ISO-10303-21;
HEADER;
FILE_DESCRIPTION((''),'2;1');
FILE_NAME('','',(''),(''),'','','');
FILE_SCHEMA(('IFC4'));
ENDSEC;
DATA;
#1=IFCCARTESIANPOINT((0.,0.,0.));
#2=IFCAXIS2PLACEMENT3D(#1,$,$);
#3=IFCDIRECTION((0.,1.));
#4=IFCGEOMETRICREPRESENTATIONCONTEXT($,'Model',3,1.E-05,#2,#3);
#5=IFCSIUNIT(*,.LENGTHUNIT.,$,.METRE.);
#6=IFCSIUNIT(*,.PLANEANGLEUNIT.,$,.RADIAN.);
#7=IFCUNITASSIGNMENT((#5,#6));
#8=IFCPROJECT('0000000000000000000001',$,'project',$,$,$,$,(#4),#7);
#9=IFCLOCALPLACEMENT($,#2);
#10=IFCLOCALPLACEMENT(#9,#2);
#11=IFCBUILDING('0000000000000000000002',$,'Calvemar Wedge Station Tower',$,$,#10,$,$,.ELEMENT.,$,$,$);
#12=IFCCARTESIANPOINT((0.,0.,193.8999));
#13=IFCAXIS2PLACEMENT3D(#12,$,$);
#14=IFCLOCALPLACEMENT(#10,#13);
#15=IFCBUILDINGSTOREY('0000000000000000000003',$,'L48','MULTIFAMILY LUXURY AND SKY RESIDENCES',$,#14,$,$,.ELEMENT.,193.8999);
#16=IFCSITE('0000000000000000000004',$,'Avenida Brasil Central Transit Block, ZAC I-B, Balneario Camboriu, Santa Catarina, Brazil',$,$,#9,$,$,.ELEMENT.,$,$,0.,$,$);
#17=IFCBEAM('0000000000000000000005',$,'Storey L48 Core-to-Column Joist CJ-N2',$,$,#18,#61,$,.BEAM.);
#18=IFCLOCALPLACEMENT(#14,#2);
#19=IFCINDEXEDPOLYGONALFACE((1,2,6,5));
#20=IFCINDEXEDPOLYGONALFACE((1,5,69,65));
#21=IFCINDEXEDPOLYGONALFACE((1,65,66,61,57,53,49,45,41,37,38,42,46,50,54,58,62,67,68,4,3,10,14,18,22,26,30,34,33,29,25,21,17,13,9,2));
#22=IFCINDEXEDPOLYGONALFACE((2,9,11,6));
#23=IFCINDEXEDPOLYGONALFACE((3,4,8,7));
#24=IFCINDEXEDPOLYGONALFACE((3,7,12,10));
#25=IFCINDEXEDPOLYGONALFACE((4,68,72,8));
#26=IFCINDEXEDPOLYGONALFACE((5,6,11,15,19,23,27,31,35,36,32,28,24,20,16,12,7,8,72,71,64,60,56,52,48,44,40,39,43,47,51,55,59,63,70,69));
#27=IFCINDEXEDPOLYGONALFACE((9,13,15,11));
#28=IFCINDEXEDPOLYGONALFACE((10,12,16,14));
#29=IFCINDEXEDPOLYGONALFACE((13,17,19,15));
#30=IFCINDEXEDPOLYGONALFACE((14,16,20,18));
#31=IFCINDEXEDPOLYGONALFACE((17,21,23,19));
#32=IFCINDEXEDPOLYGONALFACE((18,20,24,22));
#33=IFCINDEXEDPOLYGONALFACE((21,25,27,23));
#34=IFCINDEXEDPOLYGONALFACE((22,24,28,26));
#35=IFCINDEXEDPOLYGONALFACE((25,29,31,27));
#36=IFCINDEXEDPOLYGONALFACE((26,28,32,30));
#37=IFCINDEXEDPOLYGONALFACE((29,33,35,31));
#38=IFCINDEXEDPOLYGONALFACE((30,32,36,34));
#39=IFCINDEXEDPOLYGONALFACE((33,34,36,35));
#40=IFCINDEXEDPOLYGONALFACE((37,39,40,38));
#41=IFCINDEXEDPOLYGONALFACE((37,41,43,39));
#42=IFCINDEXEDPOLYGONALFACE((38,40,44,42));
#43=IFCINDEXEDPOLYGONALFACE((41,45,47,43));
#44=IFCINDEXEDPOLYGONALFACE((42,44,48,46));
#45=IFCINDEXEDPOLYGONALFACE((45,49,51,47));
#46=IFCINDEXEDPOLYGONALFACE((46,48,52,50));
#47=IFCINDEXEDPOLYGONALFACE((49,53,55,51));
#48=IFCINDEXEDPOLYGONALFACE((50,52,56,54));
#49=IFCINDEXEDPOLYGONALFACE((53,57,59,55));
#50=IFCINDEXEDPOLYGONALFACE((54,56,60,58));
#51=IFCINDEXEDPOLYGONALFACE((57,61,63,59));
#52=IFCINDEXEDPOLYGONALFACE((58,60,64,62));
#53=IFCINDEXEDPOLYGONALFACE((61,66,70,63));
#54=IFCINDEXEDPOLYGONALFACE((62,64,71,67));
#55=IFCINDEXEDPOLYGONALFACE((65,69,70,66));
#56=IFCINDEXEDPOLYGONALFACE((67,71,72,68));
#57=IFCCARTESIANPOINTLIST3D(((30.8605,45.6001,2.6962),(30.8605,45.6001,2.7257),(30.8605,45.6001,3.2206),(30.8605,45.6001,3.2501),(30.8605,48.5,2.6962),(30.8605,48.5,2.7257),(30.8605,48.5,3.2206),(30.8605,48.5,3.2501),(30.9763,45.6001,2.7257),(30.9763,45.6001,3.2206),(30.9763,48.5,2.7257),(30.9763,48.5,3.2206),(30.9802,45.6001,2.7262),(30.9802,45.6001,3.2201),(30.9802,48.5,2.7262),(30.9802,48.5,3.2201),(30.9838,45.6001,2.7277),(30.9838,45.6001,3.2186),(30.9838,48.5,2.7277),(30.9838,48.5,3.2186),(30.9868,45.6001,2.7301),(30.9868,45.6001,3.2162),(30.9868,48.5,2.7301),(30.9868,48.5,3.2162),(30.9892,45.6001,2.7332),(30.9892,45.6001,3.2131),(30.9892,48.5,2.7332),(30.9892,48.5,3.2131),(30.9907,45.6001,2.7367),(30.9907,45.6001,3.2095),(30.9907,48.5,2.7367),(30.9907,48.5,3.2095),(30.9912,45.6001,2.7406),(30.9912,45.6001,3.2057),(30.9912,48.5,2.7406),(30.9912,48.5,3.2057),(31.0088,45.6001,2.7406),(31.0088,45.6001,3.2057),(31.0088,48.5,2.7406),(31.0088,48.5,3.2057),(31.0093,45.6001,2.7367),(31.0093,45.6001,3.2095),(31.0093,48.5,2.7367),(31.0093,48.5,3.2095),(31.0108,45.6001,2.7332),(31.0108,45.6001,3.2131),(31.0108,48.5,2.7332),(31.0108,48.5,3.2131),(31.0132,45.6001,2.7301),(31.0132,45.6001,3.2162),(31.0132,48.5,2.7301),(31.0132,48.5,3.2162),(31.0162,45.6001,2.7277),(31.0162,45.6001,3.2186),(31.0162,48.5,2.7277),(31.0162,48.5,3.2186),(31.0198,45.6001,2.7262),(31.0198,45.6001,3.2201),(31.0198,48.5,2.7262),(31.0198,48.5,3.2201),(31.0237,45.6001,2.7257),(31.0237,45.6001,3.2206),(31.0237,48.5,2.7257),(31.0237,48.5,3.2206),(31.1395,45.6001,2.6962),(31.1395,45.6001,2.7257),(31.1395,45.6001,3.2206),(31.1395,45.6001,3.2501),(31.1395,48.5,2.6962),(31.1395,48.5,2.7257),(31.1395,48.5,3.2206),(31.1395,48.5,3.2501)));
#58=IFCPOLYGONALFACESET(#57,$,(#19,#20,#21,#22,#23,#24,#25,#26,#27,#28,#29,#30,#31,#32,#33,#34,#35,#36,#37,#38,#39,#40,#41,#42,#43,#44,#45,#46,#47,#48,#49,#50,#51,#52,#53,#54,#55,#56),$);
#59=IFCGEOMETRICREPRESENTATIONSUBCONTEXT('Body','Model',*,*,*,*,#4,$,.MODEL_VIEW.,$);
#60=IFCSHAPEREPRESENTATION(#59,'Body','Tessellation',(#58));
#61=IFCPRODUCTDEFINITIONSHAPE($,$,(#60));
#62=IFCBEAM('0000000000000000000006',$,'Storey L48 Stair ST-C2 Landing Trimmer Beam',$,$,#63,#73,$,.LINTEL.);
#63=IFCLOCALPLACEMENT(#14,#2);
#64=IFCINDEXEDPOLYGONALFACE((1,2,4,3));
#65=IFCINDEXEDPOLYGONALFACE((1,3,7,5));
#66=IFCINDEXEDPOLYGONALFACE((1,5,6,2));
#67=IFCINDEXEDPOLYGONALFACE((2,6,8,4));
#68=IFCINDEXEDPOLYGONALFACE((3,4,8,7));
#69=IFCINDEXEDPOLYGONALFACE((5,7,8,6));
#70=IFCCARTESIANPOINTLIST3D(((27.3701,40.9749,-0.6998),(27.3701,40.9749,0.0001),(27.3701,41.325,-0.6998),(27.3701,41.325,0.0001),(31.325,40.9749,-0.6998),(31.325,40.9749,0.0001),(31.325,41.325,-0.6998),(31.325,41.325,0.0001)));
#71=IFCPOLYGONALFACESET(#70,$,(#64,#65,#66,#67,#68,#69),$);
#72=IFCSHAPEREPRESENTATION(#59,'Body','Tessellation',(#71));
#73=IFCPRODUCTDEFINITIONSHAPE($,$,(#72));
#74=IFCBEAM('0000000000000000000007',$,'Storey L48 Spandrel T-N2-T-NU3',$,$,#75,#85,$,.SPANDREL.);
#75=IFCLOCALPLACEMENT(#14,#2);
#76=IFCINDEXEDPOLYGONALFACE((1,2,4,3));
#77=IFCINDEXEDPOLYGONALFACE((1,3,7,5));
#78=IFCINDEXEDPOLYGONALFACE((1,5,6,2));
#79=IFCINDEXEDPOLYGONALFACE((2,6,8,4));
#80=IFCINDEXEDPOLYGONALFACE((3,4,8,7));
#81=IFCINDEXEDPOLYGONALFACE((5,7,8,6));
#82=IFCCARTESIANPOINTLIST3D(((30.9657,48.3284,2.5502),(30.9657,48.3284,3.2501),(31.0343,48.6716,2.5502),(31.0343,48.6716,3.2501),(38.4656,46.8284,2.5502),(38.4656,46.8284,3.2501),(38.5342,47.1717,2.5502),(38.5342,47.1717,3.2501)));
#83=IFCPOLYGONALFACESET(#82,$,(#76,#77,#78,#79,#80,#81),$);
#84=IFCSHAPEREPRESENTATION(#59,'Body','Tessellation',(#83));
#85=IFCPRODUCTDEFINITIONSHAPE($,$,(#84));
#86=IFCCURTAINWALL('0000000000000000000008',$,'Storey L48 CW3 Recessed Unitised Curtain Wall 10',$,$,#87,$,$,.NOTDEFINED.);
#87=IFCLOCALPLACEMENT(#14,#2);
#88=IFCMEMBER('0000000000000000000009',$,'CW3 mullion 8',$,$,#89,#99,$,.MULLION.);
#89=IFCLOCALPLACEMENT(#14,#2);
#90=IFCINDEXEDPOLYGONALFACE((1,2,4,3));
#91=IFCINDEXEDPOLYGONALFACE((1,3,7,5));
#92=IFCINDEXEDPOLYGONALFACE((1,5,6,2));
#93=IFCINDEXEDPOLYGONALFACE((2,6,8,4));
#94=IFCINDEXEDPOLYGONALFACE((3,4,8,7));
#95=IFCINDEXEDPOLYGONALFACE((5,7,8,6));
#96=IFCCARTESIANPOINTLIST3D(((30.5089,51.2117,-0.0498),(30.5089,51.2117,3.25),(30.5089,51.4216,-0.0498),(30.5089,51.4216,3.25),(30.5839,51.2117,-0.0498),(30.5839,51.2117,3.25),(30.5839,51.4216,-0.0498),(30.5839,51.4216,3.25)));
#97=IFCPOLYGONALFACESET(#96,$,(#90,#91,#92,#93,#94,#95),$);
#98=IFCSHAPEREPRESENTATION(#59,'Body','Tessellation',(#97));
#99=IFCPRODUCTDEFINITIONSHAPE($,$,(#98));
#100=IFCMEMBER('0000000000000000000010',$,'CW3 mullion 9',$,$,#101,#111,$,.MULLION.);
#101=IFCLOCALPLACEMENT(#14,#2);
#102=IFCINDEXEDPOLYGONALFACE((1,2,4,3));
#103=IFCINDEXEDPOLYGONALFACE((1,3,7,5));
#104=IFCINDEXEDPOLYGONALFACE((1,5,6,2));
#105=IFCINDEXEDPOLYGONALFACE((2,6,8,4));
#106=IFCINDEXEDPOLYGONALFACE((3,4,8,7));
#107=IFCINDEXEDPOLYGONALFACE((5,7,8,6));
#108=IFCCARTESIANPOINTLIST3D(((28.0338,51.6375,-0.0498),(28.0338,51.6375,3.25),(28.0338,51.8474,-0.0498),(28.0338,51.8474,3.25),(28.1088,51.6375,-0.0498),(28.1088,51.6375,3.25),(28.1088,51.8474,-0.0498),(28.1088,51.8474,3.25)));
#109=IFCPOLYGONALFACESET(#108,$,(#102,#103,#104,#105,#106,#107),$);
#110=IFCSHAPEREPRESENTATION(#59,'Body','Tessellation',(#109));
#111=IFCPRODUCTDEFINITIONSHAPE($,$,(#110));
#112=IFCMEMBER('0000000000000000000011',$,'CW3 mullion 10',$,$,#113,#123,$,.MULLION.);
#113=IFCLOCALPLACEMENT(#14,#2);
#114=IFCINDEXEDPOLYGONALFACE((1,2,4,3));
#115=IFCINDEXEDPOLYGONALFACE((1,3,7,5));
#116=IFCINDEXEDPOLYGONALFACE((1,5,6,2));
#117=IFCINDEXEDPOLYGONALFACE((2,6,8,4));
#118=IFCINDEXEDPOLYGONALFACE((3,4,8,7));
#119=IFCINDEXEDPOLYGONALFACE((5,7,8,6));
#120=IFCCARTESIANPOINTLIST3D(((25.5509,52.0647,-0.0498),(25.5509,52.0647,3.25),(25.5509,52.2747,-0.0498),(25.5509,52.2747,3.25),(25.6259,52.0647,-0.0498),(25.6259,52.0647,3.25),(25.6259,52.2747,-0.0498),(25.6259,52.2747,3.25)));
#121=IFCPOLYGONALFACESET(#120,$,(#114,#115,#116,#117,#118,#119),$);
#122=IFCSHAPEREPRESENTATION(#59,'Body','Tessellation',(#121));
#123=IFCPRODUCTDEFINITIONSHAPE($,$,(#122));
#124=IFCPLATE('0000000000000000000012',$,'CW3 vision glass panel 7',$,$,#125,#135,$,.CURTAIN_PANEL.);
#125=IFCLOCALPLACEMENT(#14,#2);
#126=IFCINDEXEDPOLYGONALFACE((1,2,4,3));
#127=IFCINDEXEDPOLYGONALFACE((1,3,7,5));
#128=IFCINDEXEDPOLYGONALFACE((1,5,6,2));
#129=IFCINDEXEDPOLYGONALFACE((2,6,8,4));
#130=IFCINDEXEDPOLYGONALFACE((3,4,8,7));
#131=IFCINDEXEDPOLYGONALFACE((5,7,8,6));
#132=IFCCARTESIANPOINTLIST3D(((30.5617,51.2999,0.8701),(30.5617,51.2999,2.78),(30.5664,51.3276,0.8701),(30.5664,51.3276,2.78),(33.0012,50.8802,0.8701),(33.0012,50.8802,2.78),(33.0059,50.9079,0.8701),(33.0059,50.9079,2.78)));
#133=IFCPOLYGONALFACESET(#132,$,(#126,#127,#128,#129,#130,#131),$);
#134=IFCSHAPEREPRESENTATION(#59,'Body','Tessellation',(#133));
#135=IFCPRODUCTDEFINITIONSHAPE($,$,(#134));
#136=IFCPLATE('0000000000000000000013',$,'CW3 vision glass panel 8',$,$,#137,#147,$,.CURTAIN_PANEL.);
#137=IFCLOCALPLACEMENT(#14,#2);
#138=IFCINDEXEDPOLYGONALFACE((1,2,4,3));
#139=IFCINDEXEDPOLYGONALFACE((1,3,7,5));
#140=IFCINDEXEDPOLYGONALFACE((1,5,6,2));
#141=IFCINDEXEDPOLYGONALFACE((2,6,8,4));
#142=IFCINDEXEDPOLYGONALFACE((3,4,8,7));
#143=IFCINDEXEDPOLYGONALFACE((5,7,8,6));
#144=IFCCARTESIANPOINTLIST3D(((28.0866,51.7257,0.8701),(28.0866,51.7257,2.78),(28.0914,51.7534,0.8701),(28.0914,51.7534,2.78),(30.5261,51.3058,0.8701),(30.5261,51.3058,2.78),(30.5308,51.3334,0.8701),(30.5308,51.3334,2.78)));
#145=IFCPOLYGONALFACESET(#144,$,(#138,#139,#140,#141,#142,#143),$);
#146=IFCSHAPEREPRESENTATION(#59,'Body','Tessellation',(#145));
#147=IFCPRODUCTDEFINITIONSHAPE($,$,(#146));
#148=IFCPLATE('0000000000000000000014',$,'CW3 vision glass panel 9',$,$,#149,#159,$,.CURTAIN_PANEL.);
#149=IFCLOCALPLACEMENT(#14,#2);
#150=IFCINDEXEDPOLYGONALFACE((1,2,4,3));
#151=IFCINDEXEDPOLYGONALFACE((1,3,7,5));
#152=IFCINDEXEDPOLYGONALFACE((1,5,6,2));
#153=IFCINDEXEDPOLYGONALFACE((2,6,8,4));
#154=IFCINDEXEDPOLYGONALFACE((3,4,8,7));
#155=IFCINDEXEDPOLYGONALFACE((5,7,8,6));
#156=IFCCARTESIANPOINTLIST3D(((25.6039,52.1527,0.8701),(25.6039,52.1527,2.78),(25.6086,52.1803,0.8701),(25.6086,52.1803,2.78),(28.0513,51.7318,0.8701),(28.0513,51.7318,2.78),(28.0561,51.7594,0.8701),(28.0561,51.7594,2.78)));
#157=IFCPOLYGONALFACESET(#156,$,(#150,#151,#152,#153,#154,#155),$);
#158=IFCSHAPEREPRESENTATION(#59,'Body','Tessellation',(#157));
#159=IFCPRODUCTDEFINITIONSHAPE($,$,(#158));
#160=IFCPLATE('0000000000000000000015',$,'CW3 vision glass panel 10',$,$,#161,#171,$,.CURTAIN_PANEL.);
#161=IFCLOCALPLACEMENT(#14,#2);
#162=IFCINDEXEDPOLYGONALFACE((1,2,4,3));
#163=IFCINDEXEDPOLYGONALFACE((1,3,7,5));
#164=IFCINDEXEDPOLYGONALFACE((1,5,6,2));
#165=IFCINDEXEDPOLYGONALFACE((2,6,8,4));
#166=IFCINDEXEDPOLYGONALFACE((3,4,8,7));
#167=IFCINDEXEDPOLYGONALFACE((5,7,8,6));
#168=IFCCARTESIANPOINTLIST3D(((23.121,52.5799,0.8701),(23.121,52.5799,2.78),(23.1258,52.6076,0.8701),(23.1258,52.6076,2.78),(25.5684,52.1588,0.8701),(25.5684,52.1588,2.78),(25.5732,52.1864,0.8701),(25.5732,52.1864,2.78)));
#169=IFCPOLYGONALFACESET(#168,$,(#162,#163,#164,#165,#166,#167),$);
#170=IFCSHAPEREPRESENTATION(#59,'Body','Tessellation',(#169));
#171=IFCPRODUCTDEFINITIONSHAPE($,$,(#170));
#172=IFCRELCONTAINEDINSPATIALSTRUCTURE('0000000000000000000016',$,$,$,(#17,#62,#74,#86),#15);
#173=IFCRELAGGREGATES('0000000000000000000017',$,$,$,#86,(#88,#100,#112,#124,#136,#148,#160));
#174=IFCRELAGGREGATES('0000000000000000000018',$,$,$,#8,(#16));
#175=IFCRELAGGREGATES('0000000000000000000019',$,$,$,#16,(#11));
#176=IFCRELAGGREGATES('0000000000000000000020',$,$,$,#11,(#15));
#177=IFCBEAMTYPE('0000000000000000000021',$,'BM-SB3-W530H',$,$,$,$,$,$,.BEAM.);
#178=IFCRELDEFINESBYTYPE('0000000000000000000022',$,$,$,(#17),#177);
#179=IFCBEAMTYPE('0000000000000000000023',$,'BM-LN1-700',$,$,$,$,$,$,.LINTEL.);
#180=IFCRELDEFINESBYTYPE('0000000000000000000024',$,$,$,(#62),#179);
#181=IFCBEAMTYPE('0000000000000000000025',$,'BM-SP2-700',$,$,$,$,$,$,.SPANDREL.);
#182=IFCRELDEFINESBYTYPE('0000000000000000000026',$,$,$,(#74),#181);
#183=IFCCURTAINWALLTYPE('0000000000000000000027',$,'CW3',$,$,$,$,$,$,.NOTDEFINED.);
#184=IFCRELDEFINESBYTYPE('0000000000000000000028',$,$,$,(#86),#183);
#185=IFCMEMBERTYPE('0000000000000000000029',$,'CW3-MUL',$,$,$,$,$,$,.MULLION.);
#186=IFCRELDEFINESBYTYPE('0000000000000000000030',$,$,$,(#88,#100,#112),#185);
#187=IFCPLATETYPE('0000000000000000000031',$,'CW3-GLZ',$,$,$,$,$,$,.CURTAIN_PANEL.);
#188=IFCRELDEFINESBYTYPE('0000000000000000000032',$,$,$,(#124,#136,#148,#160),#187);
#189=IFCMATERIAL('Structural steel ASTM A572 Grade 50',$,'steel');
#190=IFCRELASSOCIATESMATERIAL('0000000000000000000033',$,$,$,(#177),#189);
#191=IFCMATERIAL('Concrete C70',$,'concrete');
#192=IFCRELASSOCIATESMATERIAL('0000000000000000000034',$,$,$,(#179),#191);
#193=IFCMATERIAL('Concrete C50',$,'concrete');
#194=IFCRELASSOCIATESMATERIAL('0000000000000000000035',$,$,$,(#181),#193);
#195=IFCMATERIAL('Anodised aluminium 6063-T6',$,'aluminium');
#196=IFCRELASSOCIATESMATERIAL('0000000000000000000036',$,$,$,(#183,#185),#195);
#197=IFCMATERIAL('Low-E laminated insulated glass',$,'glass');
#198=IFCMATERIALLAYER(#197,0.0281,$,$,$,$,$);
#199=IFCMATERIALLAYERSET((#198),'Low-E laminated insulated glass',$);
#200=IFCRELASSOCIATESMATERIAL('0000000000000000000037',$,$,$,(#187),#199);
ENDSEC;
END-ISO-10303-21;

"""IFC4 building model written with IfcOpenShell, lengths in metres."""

from ifc_helpers import new_model, si_unit, direction, frame, frame_2d, origin, origin_2d, place, context, subcontext, project, spatial, rectangle, i_section, extrude, source, transform, mapped, material, layer, layer_set, material_profile, profile_set, type_object, element, aggregate, save


model = new_model("IFC4")

# Units and contexts
model_context = context("Model", 3, precision=1e-05, world=origin(), true_north=direction((0.0, 1.0)))
body_context = subcontext(model_context, "Body", "Model", "MODEL_VIEW")
ifc_project = project(units=[si_unit("LENGTHUNIT", "METRE"), si_unit("PLANEANGLEUNIT", "RADIAN")], contexts=[model_context])

# Site, building, storey
site_placement = place(None, origin())
site = spatial("IfcSite", under=ifc_project, at=site_placement, Name="Avenida Brasil Central Transit Block, ZAC I-B, Balneario Camboriu, Santa Catarina, Brazil", CompositionType="ELEMENT", RefElevation=0.0)
building_placement = place(site_placement, origin())
building = spatial("IfcBuilding", under=site, at=building_placement, Name="Calvemar Wedge Station Tower", CompositionType="ELEMENT")
storey_placement = place(building_placement, frame((0.0, 0.0, 193.8999)))
storey = spatial("IfcBuildingStorey", under=building, at=storey_placement, Name="L48", Description="MULTIFAMILY LUXURY AND SKY RESIDENCES", CompositionType="ELEMENT", Elevation=193.8999)

# Shared definitions
ifc_material_1 = material(Name="Concrete C50", Category="concrete")

# Beams
ifc_material_2 = material(Name="Structural steel ASTM A572 Grade 50", Category="steel")
ifc_material_profile_1 = material_profile(ifc_material_2, i_section(OverallWidth=0.2791, OverallDepth=0.554, WebThickness=0.0176, FlangeThickness=0.0295, FilletRadius=0.0149, at=origin_2d()), Name="W530x196")
ifc_profile_set_1 = profile_set([ifc_material_profile_1], Name="Structural steel ASTM A572 Grade 50")
beam_type_1 = type_object("IfcBeamType", Name="BM-SB3-W530H", PredefinedType="BEAM", material=ifc_profile_set_1)
shared_shape_1 = source(origin(), body_context, "Body", "SweptSolid", [
    extrude(i_section(OverallWidth=0.2791, OverallDepth=0.554, WebThickness=0.0176, FlangeThickness=0.0295, FilletRadius=0.0149, at=origin_2d()), origin(), (0.0, 0.0, 1.0), 2.8999),
])
beam_1_placement = place(storey_placement, frame((31.0, 45.6001, 2.9731), z_axis=(0.0, 1.0, 0.0), x_axis=(-1.0, 0.0, 0.0)))
element("IfcBeam", 1, at=beam_1_placement, inside=storey, type_object=beam_type_1, Name="Storey L48 Core-to-Column Joist CJ-N2", PredefinedType="BEAM", context=body_context, shape_type="MappedRepresentation", body=[
    mapped(shared_shape_1, transform((0.0, 0.0, 0.0), scale=1.0)),
])
ifc_material_3 = material(Name="Concrete C70", Category="concrete")
ifc_material_profile_2 = material_profile(ifc_material_3, rectangle(XDim=0.3501, YDim=0.7, at=origin_2d()), Name="RC350x700")
ifc_profile_set_2 = profile_set([ifc_material_profile_2], Name="Concrete C70")
beam_type_2 = type_object("IfcBeamType", Name="BM-LN1-700", PredefinedType="LINTEL", material=ifc_profile_set_2)
shared_shape_2 = source(origin(), body_context, "Body", "SweptSolid", [
    extrude(rectangle(XDim=0.3501, YDim=0.7, at=origin_2d()), origin(), (0.0, 0.0, 1.0), 3.9548),
])
beam_2_placement = place(storey_placement, frame((27.3701, 41.1499, -0.3499), z_axis=(1.0, 0.0, 0.0), x_axis=(0.0, 1.0, 0.0)))
element("IfcBeam", 2, at=beam_2_placement, inside=storey, type_object=beam_type_2, Name="Storey L48 Stair ST-C2 Landing Trimmer Beam", PredefinedType="LINTEL", context=body_context, shape_type="MappedRepresentation", body=[
    mapped(shared_shape_2, transform((0.0, 0.0, 0.0), scale=1.0)),
])
ifc_material_profile_3 = material_profile(ifc_material_1, rectangle(XDim=0.3501, YDim=0.7, at=origin_2d()), Name="RC350x700")
ifc_profile_set_3 = profile_set([ifc_material_profile_3], Name="Concrete C50")
beam_type_3 = type_object("IfcBeamType", Name="BM-SP2-700", PredefinedType="SPANDREL", material=ifc_profile_set_3)
shared_shape_3 = source(origin(), body_context, "Body", "SweptSolid", [
    extrude(rectangle(XDim=0.3501, YDim=0.7, at=origin_2d()), origin(), (0.0, 0.0, 1.0), 7.6484),
])
beam_3_placement = place(storey_placement, frame((31.0, 48.5, 2.9001), z_axis=(0.980581, -0.196116, 0.0), x_axis=(0.196116, 0.980581, 0.0)))
element("IfcBeam", 3, at=beam_3_placement, inside=storey, type_object=beam_type_3, Name="Storey L48 Spandrel T-N2-T-NU3", PredefinedType="SPANDREL", context=body_context, shape_type="MappedRepresentation", body=[
    mapped(shared_shape_3, transform((0.0, 0.0, 0.0), scale=1.0)),
])

# Curtain wall, members, plates
ifc_material_4 = material(Name="Anodised aluminium 6063-T6", Category="aluminium")
curtain_wall_type = type_object("IfcCurtainWallType", Name="CW3", PredefinedType="NOTDEFINED", material=ifc_material_4)
curtain_wall_placement = place(storey_placement, origin())
curtain_wall = element("IfcCurtainWall", 4, at=curtain_wall_placement, inside=storey, type_object=curtain_wall_type, Name="Storey L48 CW3 Recessed Unitised Curtain Wall 10", PredefinedType="NOTDEFINED")
ifc_material_profile_4 = material_profile(ifc_material_4, rectangle(XDim=0.075, YDim=0.21, at=origin_2d()), Name="AL-MUL-75x210")
ifc_profile_set_4 = profile_set([ifc_material_profile_4], Name="Anodised aluminium 6063-T6")
member_type = type_object("IfcMemberType", Name="CW3-MUL", PredefinedType="MULLION", material=ifc_profile_set_4)
shared_shape_4 = source(origin(), body_context, "Body", "SweptSolid", [
    extrude(rectangle(XDim=0.075, YDim=0.21, at=origin_2d()), origin(), (0.0, 0.0, 1.0), 3.2998),
])
member_1_placement = place(storey_placement, frame((30.5464, 51.3167, -0.0498), z_axis=(0.0, 0.0, 1.0), x_axis=(1.0, 0.0, 0.0)))
member_1 = element("IfcMember", 5, at=member_1_placement, type_object=member_type, Name="CW3 mullion 8", PredefinedType="MULLION", context=body_context, shape_type="MappedRepresentation", body=[
    mapped(shared_shape_4, transform((0.0, 0.0, 0.0), scale=1.0)),
])
member_2_placement = place(storey_placement, frame((28.0713, 51.7424, -0.0498), z_axis=(0.0, 0.0, 1.0), x_axis=(1.0, 0.0, 0.0)))
member_2 = element("IfcMember", 6, at=member_2_placement, type_object=member_type, Name="CW3 mullion 9", PredefinedType="MULLION", context=body_context, shape_type="MappedRepresentation", body=[
    mapped(shared_shape_4, transform((0.0, 0.0, 0.0), scale=1.0)),
])
member_3_placement = place(storey_placement, frame((25.5884, 52.1697, -0.0498), z_axis=(0.0, 0.0, 1.0), x_axis=(1.0, 0.0, 0.0)))
member_3 = element("IfcMember", 7, at=member_3_placement, type_object=member_type, Name="CW3 mullion 10", PredefinedType="MULLION", context=body_context, shape_type="MappedRepresentation", body=[
    mapped(shared_shape_4, transform((0.0, 0.0, 0.0), scale=1.0)),
])
ifc_material_5 = material(Name="Low-E laminated insulated glass", Category="glass")
ifc_layer_1 = layer(ifc_material_5, 0.0281)
ifc_layer_set_1 = layer_set([ifc_layer_1], Name="Low-E laminated insulated glass")
plate_type_1 = type_object("IfcPlateType", Name="CW3-GLZ", PredefinedType="CURTAIN_PANEL", material=ifc_layer_set_1)
plate_1_placement = place(storey_placement, frame((33.0037, 50.894, 0.8701), z_axis=(0.0, 0.0, 1.0), x_axis=(-0.985522, 0.169547, 0.0)))
plate_1 = element("IfcPlate", 8, at=plate_1_placement, type_object=plate_type_1, Name="CW3 vision glass panel 7", PredefinedType="CURTAIN_PANEL", context=body_context, shape_type="SweptSolid", body=[
    extrude(rectangle(XDim=2.4753, YDim=0.0281, at=frame_2d((1.2378, 0.0))), origin(), (0.0, 0.0, 1.0), 1.9099),
])
plate_2_placement = place(storey_placement, frame((30.5286, 51.3196, 0.8701), z_axis=(0.0, 0.0, 1.0), x_axis=(-0.985506, 0.169643, 0.0)))
plate_2 = element("IfcPlate", 9, at=plate_2_placement, type_object=plate_type_1, Name="CW3 vision glass panel 8", PredefinedType="CURTAIN_PANEL", context=body_context, shape_type="SweptSolid", body=[
    extrude(rectangle(XDim=2.4753, YDim=0.0281, at=frame_2d((1.2378, 0.0))), origin(), (0.0, 0.0, 1.0), 1.9099),
])
plate_3_placement = place(storey_placement, frame((28.0537, 51.7456, 0.8701), z_axis=(0.0, 0.0, 1.0), x_axis=(-0.985533, 0.169482, 0.0)))
plate_3 = element("IfcPlate", 10, at=plate_3_placement, type_object=plate_type_1, Name="CW3 vision glass panel 9", PredefinedType="CURTAIN_PANEL", context=body_context, shape_type="SweptSolid", body=[
    extrude(rectangle(XDim=2.4834, YDim=0.0281, at=frame_2d((1.2417, 0.0))), origin(), (0.0, 0.0, 1.0), 1.9099),
])
plate_4_placement = place(storey_placement, frame((25.5708, 52.1726, 0.8701), z_axis=(0.0, 0.0, 1.0), x_axis=(-0.985517, 0.169578, 0.0)))
plate_4 = element("IfcPlate", 11, at=plate_4_placement, type_object=plate_type_1, Name="CW3 vision glass panel 10", PredefinedType="CURTAIN_PANEL", context=body_context, shape_type="SweptSolid", body=[
    extrude(rectangle(XDim=2.4834, YDim=0.0281, at=frame_2d((1.2417, 0.0))), origin(), (0.0, 0.0, 1.0), 1.9099),
])
aggregate(curtain_wall, [member_1, member_2, member_3, plate_1, plate_2, plate_3, plate_4])

save(model, "model.ifc")
